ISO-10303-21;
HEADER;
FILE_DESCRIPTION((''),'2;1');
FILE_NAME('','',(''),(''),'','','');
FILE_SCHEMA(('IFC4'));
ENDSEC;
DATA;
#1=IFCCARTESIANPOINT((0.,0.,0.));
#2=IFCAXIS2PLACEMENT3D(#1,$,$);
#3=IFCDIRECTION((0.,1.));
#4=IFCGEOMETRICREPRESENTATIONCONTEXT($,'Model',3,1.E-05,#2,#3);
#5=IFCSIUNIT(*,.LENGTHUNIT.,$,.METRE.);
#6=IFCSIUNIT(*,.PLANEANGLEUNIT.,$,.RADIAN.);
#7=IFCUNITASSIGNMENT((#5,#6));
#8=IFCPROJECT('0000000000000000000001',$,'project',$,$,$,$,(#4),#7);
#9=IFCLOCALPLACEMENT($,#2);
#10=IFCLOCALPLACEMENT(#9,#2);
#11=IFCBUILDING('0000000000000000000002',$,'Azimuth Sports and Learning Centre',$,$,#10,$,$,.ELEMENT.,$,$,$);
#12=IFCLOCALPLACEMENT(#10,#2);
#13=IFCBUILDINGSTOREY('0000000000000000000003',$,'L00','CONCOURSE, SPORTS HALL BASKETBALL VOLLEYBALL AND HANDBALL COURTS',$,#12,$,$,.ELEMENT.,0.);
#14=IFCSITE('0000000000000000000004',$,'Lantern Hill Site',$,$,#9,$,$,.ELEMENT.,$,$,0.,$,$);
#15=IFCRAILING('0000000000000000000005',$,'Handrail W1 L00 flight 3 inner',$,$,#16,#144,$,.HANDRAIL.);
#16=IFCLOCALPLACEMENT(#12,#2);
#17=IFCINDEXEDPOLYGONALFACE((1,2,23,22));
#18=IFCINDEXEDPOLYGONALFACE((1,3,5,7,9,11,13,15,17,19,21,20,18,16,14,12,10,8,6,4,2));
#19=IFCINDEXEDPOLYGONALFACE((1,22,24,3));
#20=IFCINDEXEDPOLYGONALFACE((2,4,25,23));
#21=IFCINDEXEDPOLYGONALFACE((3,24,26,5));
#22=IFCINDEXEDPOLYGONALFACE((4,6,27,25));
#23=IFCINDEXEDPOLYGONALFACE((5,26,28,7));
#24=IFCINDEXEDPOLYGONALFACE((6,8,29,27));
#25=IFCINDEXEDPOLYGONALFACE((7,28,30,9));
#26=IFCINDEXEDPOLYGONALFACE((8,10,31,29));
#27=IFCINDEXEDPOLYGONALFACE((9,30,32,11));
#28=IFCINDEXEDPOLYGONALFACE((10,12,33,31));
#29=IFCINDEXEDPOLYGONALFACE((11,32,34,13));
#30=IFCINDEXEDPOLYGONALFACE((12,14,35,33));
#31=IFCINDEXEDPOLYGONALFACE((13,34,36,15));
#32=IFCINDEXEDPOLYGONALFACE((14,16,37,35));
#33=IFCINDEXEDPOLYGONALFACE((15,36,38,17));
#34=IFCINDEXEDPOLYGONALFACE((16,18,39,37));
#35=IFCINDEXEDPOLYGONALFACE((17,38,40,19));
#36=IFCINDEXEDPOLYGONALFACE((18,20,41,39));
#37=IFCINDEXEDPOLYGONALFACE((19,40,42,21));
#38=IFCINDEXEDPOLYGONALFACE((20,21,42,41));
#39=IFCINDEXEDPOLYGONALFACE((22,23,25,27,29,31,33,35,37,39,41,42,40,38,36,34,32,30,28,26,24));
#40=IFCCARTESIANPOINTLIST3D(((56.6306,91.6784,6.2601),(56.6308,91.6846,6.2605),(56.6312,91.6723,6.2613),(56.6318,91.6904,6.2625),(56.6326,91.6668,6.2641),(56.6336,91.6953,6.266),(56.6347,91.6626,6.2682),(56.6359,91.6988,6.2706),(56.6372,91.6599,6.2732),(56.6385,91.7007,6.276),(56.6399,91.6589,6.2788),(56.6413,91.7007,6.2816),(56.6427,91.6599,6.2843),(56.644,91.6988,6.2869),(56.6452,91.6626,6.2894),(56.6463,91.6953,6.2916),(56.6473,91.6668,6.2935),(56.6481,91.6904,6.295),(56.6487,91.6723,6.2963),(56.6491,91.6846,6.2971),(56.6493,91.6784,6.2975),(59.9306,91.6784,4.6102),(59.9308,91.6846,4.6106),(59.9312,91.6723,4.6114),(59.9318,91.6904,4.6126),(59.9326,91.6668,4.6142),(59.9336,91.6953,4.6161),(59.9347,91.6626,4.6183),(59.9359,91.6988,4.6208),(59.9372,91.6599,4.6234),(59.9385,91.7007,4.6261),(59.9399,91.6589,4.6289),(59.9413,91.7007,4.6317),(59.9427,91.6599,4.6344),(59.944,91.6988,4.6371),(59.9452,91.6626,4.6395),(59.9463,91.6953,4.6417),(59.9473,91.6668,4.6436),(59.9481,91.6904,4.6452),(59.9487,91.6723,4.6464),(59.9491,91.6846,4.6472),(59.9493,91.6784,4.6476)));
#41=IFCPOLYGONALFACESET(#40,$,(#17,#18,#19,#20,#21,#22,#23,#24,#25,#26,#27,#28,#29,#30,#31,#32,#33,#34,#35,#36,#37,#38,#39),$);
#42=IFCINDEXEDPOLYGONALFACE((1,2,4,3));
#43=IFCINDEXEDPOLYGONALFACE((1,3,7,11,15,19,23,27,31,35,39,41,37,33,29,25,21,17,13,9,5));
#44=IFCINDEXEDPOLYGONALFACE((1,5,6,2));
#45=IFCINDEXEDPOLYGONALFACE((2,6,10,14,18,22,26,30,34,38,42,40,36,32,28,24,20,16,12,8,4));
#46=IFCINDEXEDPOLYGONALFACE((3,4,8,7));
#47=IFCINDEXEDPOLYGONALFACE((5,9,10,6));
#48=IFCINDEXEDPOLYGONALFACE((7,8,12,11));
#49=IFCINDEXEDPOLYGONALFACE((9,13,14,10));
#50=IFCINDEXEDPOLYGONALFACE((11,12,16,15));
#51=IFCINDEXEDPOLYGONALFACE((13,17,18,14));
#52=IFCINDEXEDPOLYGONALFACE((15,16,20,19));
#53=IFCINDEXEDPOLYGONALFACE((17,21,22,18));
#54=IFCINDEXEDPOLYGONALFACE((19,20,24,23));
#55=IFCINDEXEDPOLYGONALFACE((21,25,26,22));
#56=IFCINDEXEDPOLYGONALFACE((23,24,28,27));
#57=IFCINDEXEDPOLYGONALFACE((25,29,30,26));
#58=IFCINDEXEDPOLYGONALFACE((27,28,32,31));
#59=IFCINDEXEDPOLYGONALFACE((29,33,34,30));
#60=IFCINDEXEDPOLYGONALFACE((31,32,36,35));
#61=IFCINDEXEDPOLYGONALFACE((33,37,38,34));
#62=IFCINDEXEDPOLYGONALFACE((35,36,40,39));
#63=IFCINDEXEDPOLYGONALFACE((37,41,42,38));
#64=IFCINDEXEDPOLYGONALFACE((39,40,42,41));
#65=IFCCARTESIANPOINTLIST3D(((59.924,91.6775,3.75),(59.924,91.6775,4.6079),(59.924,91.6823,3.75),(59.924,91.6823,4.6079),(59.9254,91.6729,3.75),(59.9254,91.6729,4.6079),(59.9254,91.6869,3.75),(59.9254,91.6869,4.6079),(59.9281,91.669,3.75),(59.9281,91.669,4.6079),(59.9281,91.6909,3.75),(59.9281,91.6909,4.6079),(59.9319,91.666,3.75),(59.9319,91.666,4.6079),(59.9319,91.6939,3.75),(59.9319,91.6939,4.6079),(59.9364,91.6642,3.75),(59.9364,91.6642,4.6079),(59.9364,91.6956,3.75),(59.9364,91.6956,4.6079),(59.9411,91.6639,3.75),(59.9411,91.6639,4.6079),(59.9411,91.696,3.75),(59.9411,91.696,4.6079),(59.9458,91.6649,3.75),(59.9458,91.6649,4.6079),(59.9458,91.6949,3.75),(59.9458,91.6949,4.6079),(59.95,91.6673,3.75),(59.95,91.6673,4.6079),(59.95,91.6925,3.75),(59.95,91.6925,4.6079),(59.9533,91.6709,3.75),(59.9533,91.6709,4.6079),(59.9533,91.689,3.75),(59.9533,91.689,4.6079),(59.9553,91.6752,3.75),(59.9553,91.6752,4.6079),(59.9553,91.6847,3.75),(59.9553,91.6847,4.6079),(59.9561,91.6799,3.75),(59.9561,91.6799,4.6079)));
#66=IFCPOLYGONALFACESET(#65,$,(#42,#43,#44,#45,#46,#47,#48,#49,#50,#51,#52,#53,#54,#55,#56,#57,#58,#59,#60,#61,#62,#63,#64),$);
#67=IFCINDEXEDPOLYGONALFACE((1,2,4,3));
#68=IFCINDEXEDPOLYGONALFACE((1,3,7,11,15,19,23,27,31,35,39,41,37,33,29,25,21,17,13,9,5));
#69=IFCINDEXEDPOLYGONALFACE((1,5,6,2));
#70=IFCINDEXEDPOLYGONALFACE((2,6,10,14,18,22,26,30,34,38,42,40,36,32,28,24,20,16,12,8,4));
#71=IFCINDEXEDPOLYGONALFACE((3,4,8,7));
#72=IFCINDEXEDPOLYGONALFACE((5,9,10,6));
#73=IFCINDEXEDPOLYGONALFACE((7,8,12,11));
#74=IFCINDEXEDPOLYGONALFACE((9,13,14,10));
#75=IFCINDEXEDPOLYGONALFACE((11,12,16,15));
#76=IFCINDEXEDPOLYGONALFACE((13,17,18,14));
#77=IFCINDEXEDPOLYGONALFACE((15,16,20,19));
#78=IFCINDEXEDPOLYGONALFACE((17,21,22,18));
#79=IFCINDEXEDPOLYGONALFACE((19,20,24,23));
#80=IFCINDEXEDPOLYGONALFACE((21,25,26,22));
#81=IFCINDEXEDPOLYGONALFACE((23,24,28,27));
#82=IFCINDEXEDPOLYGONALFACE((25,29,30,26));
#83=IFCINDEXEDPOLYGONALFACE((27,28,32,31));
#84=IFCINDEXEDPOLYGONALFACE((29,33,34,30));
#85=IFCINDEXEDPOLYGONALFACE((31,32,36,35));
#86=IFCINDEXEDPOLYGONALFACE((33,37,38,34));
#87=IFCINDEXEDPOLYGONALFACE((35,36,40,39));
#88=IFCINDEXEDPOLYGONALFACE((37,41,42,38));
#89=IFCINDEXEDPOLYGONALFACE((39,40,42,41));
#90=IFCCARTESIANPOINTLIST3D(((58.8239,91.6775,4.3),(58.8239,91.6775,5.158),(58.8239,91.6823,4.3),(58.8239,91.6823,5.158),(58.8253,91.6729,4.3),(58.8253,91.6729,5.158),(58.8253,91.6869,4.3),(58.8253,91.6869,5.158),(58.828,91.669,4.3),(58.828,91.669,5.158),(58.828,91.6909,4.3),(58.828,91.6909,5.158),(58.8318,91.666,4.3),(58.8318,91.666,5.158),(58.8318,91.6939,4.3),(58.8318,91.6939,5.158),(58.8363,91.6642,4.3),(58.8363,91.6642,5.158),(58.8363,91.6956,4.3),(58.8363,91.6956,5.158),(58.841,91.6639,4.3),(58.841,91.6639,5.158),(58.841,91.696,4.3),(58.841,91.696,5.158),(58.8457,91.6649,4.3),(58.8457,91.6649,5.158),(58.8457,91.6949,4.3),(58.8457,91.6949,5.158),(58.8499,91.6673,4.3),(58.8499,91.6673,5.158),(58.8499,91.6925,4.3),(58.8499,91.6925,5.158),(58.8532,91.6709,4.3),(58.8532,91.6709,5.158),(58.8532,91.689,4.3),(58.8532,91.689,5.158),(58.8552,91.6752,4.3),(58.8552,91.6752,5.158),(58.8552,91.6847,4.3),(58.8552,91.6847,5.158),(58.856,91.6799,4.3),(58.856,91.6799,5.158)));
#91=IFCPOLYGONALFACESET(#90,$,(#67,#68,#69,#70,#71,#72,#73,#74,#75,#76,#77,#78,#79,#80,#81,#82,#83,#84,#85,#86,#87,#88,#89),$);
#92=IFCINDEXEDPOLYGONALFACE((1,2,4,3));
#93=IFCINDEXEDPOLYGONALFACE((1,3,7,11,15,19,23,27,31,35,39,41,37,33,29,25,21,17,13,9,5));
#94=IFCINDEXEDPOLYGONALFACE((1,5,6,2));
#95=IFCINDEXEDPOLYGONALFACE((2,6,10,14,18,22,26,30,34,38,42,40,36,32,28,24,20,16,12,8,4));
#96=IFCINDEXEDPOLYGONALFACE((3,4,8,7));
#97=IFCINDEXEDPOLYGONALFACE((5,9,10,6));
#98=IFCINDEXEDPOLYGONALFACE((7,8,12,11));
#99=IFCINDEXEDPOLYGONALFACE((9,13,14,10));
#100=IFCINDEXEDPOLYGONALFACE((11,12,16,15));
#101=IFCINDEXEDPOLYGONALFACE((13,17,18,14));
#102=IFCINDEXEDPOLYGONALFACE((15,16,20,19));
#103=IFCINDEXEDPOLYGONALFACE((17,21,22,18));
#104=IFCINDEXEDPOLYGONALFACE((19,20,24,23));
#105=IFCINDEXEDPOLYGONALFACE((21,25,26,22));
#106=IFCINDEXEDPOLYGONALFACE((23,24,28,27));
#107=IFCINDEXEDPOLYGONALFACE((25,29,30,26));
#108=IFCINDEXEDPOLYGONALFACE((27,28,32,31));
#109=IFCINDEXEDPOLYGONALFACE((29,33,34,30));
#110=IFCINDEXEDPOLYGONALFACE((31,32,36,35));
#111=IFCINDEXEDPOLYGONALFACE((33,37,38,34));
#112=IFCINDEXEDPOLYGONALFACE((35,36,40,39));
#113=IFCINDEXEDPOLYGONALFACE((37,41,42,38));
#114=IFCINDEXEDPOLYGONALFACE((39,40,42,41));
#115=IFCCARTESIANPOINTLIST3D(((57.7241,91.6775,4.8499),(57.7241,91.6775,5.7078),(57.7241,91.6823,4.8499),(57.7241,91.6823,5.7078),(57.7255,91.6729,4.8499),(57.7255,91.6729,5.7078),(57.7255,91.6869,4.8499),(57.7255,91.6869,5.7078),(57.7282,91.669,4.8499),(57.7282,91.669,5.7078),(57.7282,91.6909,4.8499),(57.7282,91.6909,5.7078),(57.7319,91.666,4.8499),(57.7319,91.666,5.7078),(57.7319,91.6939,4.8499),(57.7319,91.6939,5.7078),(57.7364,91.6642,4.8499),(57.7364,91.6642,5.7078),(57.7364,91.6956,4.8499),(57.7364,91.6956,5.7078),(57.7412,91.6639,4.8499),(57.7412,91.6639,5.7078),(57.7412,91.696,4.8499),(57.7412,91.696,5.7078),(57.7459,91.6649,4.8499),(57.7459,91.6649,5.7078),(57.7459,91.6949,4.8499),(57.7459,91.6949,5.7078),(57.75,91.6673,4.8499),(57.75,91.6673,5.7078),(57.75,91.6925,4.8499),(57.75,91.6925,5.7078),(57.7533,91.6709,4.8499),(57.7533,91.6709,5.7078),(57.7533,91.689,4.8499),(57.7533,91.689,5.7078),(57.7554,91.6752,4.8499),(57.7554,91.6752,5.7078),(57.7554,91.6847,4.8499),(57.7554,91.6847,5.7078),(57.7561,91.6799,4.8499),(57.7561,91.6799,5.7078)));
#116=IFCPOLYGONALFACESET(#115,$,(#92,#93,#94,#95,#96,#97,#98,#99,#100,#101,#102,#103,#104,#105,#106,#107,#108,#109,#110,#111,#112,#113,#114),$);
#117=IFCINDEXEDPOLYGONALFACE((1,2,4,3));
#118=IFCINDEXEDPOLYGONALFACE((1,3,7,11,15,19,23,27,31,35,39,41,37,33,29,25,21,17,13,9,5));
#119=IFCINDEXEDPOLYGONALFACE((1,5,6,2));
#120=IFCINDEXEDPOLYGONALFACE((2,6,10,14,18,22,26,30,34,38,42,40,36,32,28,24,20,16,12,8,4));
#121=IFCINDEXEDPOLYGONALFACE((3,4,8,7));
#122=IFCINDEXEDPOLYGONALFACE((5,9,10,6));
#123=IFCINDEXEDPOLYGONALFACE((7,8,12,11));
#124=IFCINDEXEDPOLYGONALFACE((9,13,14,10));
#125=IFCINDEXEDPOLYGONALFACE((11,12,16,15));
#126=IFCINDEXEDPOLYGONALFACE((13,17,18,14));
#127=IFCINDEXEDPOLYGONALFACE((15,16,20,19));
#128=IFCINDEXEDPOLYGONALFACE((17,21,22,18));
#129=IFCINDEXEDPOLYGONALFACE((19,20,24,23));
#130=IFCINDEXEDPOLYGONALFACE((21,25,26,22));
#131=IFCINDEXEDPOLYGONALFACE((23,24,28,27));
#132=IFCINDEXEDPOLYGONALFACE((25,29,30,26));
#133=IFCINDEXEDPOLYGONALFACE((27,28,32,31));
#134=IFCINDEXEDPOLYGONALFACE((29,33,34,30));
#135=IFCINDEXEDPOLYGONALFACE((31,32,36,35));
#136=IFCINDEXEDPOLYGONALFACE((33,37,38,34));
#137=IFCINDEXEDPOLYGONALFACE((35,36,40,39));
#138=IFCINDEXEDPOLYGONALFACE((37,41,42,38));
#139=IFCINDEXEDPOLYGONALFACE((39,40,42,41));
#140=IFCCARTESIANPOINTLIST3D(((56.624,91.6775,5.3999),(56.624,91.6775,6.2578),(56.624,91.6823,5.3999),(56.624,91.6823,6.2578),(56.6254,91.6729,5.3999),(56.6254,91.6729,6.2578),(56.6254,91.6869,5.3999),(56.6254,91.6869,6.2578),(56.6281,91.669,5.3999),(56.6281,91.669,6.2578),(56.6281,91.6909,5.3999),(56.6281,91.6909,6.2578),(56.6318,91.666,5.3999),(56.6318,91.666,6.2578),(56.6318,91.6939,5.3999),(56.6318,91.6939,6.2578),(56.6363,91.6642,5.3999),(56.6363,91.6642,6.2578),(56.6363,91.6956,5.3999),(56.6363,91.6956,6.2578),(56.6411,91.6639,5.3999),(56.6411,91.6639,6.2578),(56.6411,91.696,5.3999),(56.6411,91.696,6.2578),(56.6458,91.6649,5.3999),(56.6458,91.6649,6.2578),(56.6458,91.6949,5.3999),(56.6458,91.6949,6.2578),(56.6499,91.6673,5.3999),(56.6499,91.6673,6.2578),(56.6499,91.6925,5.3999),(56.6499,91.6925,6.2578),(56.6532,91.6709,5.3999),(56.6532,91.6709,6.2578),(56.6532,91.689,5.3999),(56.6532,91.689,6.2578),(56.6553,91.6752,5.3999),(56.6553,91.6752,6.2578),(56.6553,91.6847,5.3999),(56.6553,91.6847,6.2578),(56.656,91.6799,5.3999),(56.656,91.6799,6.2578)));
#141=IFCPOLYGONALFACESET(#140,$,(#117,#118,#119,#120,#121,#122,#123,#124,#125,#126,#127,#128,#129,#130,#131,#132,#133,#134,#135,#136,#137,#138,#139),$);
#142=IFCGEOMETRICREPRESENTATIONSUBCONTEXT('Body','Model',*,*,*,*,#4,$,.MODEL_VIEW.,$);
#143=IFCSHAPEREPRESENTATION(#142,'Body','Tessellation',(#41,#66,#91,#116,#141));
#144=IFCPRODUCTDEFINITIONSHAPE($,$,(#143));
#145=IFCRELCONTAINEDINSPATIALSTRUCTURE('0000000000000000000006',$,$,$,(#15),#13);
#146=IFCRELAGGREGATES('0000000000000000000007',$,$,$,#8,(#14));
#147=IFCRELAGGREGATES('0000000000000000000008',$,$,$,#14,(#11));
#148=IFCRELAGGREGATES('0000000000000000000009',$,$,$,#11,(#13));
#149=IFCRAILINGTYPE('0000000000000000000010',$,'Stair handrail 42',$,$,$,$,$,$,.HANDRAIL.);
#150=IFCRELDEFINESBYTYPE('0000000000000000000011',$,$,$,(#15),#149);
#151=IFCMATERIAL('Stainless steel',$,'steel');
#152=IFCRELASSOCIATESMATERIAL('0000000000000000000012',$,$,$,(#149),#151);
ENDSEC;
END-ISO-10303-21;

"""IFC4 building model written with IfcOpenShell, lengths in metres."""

from ifc_helpers import new_model, si_unit, direction, frame, origin, origin_2d, place, context, subcontext, project, spatial, circle, extrude, material, type_object, element, save


model = new_model("IFC4")

# Units and contexts
model_context = context("Model", 3, precision=1e-05, world=origin(), true_north=direction((0.0, 1.0)))
body_context = subcontext(model_context, "Body", "Model", "MODEL_VIEW")
ifc_project = project(units=[si_unit("LENGTHUNIT", "METRE"), si_unit("PLANEANGLEUNIT", "RADIAN")], contexts=[model_context])

# Site, building, storey
site_placement = place(None, origin())
site = spatial("IfcSite", under=ifc_project, at=site_placement, Name="Lantern Hill Site", CompositionType="ELEMENT", RefElevation=0.0)
building_placement = place(site_placement, origin())
building = spatial("IfcBuilding", under=site, at=building_placement, Name="Azimuth Sports and Learning Centre", CompositionType="ELEMENT")
storey_placement = place(building_placement, origin())
storey = spatial("IfcBuildingStorey", under=building, at=storey_placement, Name="L00", Description="CONCOURSE, SPORTS HALL BASKETBALL VOLLEYBALL AND HANDBALL COURTS", CompositionType="ELEMENT", Elevation=0.0)

# Railing
ifc_material_1 = material(Name="Stainless steel", Category="steel")
railing_type_1 = type_object("IfcRailingType", Name="Stair handrail 42", PredefinedType="HANDRAIL", material=ifc_material_1)
for number, where, name in (
    (1, (59.9399, 91.6799, 3.75), "Handrail W1 L00 flight 3 inner"),
):
    element("IfcRailing", number, at=place(storey_placement, frame(where)), inside=storey, type_object=railing_type_1, Name=name, PredefinedType="HANDRAIL", context=body_context, shape_type="SweptSolid", body=[
        extrude(circle(Radius=0.021, at=origin_2d()), frame((0.0, 0.0, 0.8789), z_axis=(-0.89444, 0.0, 0.447187), x_axis=(0.0, -1.0, 0.0)), (0.0, 0.0, 1.0), 3.6895),
        extrude(circle(Radius=0.0161, at=origin_2d()), origin(), (0.0, 0.0, 1.0), 0.8579),
        extrude(circle(Radius=0.0161, at=origin_2d()), frame((-1.1001, 0.0, 0.55)), (0.0, 0.0, 1.0), 0.8579),
        extrude(circle(Radius=0.0161, at=origin_2d()), frame((-2.2, 0.0, 1.0999)), (0.0, 0.0, 1.0), 0.8579),
        extrude(circle(Radius=0.0161, at=origin_2d()), frame((-3.3, 0.0, 1.6499)), (0.0, 0.0, 1.0), 0.8579),
    ])

save(model, "model.ifc")
